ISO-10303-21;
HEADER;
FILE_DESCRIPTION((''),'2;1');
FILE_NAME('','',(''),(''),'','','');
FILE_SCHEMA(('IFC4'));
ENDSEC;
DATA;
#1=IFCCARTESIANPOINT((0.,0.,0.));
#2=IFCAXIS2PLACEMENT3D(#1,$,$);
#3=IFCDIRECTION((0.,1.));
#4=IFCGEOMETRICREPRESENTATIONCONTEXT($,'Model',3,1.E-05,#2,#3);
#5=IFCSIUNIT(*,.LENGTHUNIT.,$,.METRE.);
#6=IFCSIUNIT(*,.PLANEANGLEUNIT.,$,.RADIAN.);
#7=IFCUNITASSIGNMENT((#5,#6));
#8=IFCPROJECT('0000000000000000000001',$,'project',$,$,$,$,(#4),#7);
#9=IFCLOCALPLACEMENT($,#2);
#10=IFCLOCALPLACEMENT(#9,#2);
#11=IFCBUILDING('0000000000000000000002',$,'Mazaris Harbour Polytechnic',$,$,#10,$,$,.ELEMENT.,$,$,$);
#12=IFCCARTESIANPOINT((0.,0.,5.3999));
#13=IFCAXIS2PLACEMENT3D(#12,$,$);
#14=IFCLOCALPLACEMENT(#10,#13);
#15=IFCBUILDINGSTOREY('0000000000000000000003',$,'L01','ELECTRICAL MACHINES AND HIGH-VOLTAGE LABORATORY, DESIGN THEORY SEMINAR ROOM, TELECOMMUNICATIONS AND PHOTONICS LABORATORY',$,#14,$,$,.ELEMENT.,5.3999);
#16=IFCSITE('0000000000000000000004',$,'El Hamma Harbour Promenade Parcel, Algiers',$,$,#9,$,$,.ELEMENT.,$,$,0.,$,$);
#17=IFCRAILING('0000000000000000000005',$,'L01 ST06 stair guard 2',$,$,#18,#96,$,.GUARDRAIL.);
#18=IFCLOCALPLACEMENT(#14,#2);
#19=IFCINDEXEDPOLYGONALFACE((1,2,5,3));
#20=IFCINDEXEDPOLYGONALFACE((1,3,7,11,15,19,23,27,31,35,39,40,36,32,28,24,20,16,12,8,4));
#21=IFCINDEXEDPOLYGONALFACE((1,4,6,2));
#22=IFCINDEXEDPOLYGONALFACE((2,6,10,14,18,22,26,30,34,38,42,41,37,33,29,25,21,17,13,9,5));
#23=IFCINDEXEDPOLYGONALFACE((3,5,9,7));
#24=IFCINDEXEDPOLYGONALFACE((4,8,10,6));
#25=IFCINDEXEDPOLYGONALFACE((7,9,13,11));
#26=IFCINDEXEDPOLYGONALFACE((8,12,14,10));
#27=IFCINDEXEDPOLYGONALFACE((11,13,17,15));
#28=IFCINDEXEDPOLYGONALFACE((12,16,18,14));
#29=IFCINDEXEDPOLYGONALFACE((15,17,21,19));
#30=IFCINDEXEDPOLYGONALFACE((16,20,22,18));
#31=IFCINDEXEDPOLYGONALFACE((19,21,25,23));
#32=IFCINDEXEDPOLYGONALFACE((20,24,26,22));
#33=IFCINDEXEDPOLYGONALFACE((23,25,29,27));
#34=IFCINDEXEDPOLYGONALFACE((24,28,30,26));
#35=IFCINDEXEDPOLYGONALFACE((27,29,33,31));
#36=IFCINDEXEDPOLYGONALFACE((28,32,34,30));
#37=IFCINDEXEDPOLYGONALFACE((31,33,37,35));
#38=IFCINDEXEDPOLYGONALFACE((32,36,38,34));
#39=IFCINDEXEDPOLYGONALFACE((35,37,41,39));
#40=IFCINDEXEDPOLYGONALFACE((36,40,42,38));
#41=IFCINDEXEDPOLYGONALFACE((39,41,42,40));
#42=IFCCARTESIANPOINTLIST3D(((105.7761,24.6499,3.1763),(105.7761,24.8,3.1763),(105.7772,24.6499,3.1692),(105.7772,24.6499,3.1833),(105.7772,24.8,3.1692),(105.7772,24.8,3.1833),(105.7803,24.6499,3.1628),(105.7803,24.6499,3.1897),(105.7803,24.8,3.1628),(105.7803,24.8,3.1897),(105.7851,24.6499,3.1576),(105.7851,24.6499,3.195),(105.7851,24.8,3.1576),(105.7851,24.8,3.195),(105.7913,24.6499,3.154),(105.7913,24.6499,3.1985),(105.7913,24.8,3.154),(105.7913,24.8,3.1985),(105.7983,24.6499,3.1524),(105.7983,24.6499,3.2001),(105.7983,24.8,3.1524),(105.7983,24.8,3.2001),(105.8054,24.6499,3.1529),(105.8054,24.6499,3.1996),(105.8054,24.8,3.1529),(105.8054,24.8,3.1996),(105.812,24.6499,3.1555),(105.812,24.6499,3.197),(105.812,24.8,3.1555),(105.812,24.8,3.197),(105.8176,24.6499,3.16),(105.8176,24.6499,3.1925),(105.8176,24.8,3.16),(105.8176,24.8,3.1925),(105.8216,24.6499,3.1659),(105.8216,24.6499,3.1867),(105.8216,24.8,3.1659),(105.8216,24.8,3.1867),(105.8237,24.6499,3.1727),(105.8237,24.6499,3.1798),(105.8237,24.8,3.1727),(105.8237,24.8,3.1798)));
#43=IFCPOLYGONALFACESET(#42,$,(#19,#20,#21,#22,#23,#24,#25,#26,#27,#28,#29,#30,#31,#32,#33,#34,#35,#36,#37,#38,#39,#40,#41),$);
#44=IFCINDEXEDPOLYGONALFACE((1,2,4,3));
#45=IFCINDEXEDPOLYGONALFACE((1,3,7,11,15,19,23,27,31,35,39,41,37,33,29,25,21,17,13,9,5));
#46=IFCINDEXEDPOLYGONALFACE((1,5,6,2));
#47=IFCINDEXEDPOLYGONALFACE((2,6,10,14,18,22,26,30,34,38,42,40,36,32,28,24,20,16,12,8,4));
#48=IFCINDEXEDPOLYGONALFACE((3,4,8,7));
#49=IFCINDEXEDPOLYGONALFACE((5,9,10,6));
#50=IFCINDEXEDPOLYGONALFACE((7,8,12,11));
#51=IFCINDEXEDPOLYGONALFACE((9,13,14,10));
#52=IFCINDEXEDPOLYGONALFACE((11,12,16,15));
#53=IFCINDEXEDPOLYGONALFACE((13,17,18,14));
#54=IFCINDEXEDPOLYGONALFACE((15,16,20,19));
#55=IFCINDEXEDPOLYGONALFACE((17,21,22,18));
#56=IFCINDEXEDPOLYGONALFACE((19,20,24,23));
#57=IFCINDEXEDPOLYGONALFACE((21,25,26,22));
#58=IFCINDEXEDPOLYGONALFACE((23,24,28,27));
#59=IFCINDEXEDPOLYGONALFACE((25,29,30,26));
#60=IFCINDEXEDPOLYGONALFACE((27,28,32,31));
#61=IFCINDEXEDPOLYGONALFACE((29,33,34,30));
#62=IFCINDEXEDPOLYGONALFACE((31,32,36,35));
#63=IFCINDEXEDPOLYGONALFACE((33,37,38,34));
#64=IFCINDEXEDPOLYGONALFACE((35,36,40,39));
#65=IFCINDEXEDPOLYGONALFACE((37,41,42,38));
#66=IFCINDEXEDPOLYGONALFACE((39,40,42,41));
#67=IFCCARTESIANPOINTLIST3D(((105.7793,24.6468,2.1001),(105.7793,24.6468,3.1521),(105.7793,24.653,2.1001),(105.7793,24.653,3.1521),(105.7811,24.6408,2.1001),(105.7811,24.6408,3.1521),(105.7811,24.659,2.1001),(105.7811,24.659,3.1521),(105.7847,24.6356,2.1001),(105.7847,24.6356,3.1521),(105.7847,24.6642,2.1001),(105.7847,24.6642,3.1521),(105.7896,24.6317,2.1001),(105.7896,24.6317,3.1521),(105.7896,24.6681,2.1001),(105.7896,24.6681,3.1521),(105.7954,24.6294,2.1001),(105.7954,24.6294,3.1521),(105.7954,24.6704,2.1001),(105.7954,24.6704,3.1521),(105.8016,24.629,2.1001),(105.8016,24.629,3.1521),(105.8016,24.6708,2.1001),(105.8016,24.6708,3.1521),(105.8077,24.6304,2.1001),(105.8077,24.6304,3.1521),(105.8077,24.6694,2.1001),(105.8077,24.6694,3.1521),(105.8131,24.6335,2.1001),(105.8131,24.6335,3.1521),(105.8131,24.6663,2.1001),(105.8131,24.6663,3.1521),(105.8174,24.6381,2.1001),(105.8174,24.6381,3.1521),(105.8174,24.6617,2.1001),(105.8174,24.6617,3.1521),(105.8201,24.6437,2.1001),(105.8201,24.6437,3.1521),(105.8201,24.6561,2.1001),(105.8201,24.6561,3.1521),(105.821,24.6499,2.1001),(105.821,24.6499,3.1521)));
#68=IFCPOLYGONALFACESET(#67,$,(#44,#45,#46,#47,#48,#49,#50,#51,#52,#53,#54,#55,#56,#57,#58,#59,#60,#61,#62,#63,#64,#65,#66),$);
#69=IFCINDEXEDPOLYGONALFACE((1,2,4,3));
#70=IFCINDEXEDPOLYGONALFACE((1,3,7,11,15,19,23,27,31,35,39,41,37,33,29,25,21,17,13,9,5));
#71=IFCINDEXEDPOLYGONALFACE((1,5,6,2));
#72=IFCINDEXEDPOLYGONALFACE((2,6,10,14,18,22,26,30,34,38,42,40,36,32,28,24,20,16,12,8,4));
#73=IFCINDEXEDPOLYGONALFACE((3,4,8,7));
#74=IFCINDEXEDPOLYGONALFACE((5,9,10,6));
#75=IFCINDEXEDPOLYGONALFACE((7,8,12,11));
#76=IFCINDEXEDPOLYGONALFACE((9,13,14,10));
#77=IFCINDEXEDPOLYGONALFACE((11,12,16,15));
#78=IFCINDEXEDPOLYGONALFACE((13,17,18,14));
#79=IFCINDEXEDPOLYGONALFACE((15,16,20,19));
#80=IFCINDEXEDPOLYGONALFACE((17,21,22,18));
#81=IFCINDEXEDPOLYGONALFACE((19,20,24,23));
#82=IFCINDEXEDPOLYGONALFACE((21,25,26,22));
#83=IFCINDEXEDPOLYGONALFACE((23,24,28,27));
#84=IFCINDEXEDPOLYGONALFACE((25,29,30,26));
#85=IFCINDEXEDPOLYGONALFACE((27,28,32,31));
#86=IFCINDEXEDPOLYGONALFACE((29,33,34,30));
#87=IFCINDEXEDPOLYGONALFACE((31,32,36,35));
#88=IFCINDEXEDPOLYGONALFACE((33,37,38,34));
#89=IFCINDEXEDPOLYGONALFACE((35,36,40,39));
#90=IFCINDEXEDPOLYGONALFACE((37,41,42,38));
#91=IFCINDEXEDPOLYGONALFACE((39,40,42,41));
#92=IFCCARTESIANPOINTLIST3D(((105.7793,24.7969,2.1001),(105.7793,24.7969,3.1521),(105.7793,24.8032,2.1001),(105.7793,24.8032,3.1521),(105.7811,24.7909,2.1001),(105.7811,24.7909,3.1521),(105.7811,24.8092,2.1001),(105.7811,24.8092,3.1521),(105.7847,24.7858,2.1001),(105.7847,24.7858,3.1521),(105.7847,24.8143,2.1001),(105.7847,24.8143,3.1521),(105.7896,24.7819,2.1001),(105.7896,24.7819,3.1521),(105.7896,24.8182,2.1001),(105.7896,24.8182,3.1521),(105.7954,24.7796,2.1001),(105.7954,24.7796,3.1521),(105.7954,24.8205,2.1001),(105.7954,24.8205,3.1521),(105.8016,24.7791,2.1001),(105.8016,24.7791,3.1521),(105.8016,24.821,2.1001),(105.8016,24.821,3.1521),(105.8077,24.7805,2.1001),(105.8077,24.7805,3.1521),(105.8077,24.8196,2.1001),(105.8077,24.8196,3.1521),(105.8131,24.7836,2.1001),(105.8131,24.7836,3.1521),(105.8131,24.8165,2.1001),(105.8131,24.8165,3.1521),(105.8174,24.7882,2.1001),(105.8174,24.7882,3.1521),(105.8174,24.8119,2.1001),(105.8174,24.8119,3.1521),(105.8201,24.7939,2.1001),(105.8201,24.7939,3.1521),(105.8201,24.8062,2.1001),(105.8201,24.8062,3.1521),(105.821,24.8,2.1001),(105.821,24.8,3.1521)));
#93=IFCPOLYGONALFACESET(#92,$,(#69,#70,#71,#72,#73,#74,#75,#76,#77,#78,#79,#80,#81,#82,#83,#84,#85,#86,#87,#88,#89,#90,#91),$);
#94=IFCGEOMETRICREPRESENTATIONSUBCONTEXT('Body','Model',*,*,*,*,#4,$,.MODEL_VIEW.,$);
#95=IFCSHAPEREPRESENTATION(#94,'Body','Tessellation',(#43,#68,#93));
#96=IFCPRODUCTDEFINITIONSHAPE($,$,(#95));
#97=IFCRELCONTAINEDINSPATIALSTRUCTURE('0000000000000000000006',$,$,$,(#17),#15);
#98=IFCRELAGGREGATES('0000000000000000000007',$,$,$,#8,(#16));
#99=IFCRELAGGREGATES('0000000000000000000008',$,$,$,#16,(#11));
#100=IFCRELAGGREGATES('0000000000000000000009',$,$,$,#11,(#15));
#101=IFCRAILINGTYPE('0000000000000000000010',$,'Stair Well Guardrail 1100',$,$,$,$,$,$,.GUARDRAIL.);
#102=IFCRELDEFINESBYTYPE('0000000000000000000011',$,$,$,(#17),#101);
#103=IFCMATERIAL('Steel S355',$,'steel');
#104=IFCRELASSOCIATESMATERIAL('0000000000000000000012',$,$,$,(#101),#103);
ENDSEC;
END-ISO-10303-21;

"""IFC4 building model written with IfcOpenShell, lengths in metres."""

from ifc_helpers import new_model, si_unit, direction, frame, origin, origin_2d, place, context, subcontext, project, spatial, circle, extrude, material, type_object, element, save


model = new_model("IFC4")

# Units and contexts
model_context = context("Model", 3, precision=1e-05, world=origin(), true_north=direction((0.0, 1.0)))
body_context = subcontext(model_context, "Body", "Model", "MODEL_VIEW")
ifc_project = project(units=[si_unit("LENGTHUNIT", "METRE"), si_unit("PLANEANGLEUNIT", "RADIAN")], contexts=[model_context])

# Site, building, storey
site_placement = place(None, origin())
site = spatial("IfcSite", under=ifc_project, at=site_placement, Name="El Hamma Harbour Promenade Parcel, Algiers", CompositionType="ELEMENT", RefElevation=0.0)
building_placement = place(site_placement, origin())
building = spatial("IfcBuilding", under=site, at=building_placement, Name="Mazaris Harbour Polytechnic", CompositionType="ELEMENT")
storey_placement = place(building_placement, frame((0.0, 0.0, 5.3999)))
storey = spatial("IfcBuildingStorey", under=building, at=storey_placement, Name="L01", Description="ELECTRICAL MACHINES AND HIGH-VOLTAGE LABORATORY, DESIGN THEORY SEMINAR ROOM, TELECOMMUNICATIONS AND PHOTONICS LABORATORY", CompositionType="ELEMENT", Elevation=5.3999)

# Railing
ifc_material_1 = material(Name="Steel S355", Category="steel")
railing_type_1 = type_object("IfcRailingType", Name="Stair Well Guardrail 1100", PredefinedType="GUARDRAIL", material=ifc_material_1)
railing_1_placement = place(storey_placement, frame((105.8, 24.6499, 2.1001)))
element("IfcRailing", 1, at=railing_1_placement, inside=storey, type_object=railing_type_1, Name="L01 ST06 stair guard 2", PredefinedType="GUARDRAIL", context=body_context, shape_type="SweptSolid", body=[
    extrude(circle(Radius=0.0239, at=origin_2d()), frame((0.0, 0.0, 1.0762), z_axis=(0.0, 1.0, 0.0), x_axis=(-1.0, 0.0, 0.0)), (0.0, 0.0, 1.0), 0.1501),
    extrude(circle(Radius=0.021, at=origin_2d()), origin(), (0.0, 0.0, 1.0), 1.052),
    extrude(circle(Radius=0.021, at=origin_2d()), frame((0.0, 0.1501, 0.0)), (0.0, 0.0, 1.0), 1.052),
])

save(model, "model.ifc")
